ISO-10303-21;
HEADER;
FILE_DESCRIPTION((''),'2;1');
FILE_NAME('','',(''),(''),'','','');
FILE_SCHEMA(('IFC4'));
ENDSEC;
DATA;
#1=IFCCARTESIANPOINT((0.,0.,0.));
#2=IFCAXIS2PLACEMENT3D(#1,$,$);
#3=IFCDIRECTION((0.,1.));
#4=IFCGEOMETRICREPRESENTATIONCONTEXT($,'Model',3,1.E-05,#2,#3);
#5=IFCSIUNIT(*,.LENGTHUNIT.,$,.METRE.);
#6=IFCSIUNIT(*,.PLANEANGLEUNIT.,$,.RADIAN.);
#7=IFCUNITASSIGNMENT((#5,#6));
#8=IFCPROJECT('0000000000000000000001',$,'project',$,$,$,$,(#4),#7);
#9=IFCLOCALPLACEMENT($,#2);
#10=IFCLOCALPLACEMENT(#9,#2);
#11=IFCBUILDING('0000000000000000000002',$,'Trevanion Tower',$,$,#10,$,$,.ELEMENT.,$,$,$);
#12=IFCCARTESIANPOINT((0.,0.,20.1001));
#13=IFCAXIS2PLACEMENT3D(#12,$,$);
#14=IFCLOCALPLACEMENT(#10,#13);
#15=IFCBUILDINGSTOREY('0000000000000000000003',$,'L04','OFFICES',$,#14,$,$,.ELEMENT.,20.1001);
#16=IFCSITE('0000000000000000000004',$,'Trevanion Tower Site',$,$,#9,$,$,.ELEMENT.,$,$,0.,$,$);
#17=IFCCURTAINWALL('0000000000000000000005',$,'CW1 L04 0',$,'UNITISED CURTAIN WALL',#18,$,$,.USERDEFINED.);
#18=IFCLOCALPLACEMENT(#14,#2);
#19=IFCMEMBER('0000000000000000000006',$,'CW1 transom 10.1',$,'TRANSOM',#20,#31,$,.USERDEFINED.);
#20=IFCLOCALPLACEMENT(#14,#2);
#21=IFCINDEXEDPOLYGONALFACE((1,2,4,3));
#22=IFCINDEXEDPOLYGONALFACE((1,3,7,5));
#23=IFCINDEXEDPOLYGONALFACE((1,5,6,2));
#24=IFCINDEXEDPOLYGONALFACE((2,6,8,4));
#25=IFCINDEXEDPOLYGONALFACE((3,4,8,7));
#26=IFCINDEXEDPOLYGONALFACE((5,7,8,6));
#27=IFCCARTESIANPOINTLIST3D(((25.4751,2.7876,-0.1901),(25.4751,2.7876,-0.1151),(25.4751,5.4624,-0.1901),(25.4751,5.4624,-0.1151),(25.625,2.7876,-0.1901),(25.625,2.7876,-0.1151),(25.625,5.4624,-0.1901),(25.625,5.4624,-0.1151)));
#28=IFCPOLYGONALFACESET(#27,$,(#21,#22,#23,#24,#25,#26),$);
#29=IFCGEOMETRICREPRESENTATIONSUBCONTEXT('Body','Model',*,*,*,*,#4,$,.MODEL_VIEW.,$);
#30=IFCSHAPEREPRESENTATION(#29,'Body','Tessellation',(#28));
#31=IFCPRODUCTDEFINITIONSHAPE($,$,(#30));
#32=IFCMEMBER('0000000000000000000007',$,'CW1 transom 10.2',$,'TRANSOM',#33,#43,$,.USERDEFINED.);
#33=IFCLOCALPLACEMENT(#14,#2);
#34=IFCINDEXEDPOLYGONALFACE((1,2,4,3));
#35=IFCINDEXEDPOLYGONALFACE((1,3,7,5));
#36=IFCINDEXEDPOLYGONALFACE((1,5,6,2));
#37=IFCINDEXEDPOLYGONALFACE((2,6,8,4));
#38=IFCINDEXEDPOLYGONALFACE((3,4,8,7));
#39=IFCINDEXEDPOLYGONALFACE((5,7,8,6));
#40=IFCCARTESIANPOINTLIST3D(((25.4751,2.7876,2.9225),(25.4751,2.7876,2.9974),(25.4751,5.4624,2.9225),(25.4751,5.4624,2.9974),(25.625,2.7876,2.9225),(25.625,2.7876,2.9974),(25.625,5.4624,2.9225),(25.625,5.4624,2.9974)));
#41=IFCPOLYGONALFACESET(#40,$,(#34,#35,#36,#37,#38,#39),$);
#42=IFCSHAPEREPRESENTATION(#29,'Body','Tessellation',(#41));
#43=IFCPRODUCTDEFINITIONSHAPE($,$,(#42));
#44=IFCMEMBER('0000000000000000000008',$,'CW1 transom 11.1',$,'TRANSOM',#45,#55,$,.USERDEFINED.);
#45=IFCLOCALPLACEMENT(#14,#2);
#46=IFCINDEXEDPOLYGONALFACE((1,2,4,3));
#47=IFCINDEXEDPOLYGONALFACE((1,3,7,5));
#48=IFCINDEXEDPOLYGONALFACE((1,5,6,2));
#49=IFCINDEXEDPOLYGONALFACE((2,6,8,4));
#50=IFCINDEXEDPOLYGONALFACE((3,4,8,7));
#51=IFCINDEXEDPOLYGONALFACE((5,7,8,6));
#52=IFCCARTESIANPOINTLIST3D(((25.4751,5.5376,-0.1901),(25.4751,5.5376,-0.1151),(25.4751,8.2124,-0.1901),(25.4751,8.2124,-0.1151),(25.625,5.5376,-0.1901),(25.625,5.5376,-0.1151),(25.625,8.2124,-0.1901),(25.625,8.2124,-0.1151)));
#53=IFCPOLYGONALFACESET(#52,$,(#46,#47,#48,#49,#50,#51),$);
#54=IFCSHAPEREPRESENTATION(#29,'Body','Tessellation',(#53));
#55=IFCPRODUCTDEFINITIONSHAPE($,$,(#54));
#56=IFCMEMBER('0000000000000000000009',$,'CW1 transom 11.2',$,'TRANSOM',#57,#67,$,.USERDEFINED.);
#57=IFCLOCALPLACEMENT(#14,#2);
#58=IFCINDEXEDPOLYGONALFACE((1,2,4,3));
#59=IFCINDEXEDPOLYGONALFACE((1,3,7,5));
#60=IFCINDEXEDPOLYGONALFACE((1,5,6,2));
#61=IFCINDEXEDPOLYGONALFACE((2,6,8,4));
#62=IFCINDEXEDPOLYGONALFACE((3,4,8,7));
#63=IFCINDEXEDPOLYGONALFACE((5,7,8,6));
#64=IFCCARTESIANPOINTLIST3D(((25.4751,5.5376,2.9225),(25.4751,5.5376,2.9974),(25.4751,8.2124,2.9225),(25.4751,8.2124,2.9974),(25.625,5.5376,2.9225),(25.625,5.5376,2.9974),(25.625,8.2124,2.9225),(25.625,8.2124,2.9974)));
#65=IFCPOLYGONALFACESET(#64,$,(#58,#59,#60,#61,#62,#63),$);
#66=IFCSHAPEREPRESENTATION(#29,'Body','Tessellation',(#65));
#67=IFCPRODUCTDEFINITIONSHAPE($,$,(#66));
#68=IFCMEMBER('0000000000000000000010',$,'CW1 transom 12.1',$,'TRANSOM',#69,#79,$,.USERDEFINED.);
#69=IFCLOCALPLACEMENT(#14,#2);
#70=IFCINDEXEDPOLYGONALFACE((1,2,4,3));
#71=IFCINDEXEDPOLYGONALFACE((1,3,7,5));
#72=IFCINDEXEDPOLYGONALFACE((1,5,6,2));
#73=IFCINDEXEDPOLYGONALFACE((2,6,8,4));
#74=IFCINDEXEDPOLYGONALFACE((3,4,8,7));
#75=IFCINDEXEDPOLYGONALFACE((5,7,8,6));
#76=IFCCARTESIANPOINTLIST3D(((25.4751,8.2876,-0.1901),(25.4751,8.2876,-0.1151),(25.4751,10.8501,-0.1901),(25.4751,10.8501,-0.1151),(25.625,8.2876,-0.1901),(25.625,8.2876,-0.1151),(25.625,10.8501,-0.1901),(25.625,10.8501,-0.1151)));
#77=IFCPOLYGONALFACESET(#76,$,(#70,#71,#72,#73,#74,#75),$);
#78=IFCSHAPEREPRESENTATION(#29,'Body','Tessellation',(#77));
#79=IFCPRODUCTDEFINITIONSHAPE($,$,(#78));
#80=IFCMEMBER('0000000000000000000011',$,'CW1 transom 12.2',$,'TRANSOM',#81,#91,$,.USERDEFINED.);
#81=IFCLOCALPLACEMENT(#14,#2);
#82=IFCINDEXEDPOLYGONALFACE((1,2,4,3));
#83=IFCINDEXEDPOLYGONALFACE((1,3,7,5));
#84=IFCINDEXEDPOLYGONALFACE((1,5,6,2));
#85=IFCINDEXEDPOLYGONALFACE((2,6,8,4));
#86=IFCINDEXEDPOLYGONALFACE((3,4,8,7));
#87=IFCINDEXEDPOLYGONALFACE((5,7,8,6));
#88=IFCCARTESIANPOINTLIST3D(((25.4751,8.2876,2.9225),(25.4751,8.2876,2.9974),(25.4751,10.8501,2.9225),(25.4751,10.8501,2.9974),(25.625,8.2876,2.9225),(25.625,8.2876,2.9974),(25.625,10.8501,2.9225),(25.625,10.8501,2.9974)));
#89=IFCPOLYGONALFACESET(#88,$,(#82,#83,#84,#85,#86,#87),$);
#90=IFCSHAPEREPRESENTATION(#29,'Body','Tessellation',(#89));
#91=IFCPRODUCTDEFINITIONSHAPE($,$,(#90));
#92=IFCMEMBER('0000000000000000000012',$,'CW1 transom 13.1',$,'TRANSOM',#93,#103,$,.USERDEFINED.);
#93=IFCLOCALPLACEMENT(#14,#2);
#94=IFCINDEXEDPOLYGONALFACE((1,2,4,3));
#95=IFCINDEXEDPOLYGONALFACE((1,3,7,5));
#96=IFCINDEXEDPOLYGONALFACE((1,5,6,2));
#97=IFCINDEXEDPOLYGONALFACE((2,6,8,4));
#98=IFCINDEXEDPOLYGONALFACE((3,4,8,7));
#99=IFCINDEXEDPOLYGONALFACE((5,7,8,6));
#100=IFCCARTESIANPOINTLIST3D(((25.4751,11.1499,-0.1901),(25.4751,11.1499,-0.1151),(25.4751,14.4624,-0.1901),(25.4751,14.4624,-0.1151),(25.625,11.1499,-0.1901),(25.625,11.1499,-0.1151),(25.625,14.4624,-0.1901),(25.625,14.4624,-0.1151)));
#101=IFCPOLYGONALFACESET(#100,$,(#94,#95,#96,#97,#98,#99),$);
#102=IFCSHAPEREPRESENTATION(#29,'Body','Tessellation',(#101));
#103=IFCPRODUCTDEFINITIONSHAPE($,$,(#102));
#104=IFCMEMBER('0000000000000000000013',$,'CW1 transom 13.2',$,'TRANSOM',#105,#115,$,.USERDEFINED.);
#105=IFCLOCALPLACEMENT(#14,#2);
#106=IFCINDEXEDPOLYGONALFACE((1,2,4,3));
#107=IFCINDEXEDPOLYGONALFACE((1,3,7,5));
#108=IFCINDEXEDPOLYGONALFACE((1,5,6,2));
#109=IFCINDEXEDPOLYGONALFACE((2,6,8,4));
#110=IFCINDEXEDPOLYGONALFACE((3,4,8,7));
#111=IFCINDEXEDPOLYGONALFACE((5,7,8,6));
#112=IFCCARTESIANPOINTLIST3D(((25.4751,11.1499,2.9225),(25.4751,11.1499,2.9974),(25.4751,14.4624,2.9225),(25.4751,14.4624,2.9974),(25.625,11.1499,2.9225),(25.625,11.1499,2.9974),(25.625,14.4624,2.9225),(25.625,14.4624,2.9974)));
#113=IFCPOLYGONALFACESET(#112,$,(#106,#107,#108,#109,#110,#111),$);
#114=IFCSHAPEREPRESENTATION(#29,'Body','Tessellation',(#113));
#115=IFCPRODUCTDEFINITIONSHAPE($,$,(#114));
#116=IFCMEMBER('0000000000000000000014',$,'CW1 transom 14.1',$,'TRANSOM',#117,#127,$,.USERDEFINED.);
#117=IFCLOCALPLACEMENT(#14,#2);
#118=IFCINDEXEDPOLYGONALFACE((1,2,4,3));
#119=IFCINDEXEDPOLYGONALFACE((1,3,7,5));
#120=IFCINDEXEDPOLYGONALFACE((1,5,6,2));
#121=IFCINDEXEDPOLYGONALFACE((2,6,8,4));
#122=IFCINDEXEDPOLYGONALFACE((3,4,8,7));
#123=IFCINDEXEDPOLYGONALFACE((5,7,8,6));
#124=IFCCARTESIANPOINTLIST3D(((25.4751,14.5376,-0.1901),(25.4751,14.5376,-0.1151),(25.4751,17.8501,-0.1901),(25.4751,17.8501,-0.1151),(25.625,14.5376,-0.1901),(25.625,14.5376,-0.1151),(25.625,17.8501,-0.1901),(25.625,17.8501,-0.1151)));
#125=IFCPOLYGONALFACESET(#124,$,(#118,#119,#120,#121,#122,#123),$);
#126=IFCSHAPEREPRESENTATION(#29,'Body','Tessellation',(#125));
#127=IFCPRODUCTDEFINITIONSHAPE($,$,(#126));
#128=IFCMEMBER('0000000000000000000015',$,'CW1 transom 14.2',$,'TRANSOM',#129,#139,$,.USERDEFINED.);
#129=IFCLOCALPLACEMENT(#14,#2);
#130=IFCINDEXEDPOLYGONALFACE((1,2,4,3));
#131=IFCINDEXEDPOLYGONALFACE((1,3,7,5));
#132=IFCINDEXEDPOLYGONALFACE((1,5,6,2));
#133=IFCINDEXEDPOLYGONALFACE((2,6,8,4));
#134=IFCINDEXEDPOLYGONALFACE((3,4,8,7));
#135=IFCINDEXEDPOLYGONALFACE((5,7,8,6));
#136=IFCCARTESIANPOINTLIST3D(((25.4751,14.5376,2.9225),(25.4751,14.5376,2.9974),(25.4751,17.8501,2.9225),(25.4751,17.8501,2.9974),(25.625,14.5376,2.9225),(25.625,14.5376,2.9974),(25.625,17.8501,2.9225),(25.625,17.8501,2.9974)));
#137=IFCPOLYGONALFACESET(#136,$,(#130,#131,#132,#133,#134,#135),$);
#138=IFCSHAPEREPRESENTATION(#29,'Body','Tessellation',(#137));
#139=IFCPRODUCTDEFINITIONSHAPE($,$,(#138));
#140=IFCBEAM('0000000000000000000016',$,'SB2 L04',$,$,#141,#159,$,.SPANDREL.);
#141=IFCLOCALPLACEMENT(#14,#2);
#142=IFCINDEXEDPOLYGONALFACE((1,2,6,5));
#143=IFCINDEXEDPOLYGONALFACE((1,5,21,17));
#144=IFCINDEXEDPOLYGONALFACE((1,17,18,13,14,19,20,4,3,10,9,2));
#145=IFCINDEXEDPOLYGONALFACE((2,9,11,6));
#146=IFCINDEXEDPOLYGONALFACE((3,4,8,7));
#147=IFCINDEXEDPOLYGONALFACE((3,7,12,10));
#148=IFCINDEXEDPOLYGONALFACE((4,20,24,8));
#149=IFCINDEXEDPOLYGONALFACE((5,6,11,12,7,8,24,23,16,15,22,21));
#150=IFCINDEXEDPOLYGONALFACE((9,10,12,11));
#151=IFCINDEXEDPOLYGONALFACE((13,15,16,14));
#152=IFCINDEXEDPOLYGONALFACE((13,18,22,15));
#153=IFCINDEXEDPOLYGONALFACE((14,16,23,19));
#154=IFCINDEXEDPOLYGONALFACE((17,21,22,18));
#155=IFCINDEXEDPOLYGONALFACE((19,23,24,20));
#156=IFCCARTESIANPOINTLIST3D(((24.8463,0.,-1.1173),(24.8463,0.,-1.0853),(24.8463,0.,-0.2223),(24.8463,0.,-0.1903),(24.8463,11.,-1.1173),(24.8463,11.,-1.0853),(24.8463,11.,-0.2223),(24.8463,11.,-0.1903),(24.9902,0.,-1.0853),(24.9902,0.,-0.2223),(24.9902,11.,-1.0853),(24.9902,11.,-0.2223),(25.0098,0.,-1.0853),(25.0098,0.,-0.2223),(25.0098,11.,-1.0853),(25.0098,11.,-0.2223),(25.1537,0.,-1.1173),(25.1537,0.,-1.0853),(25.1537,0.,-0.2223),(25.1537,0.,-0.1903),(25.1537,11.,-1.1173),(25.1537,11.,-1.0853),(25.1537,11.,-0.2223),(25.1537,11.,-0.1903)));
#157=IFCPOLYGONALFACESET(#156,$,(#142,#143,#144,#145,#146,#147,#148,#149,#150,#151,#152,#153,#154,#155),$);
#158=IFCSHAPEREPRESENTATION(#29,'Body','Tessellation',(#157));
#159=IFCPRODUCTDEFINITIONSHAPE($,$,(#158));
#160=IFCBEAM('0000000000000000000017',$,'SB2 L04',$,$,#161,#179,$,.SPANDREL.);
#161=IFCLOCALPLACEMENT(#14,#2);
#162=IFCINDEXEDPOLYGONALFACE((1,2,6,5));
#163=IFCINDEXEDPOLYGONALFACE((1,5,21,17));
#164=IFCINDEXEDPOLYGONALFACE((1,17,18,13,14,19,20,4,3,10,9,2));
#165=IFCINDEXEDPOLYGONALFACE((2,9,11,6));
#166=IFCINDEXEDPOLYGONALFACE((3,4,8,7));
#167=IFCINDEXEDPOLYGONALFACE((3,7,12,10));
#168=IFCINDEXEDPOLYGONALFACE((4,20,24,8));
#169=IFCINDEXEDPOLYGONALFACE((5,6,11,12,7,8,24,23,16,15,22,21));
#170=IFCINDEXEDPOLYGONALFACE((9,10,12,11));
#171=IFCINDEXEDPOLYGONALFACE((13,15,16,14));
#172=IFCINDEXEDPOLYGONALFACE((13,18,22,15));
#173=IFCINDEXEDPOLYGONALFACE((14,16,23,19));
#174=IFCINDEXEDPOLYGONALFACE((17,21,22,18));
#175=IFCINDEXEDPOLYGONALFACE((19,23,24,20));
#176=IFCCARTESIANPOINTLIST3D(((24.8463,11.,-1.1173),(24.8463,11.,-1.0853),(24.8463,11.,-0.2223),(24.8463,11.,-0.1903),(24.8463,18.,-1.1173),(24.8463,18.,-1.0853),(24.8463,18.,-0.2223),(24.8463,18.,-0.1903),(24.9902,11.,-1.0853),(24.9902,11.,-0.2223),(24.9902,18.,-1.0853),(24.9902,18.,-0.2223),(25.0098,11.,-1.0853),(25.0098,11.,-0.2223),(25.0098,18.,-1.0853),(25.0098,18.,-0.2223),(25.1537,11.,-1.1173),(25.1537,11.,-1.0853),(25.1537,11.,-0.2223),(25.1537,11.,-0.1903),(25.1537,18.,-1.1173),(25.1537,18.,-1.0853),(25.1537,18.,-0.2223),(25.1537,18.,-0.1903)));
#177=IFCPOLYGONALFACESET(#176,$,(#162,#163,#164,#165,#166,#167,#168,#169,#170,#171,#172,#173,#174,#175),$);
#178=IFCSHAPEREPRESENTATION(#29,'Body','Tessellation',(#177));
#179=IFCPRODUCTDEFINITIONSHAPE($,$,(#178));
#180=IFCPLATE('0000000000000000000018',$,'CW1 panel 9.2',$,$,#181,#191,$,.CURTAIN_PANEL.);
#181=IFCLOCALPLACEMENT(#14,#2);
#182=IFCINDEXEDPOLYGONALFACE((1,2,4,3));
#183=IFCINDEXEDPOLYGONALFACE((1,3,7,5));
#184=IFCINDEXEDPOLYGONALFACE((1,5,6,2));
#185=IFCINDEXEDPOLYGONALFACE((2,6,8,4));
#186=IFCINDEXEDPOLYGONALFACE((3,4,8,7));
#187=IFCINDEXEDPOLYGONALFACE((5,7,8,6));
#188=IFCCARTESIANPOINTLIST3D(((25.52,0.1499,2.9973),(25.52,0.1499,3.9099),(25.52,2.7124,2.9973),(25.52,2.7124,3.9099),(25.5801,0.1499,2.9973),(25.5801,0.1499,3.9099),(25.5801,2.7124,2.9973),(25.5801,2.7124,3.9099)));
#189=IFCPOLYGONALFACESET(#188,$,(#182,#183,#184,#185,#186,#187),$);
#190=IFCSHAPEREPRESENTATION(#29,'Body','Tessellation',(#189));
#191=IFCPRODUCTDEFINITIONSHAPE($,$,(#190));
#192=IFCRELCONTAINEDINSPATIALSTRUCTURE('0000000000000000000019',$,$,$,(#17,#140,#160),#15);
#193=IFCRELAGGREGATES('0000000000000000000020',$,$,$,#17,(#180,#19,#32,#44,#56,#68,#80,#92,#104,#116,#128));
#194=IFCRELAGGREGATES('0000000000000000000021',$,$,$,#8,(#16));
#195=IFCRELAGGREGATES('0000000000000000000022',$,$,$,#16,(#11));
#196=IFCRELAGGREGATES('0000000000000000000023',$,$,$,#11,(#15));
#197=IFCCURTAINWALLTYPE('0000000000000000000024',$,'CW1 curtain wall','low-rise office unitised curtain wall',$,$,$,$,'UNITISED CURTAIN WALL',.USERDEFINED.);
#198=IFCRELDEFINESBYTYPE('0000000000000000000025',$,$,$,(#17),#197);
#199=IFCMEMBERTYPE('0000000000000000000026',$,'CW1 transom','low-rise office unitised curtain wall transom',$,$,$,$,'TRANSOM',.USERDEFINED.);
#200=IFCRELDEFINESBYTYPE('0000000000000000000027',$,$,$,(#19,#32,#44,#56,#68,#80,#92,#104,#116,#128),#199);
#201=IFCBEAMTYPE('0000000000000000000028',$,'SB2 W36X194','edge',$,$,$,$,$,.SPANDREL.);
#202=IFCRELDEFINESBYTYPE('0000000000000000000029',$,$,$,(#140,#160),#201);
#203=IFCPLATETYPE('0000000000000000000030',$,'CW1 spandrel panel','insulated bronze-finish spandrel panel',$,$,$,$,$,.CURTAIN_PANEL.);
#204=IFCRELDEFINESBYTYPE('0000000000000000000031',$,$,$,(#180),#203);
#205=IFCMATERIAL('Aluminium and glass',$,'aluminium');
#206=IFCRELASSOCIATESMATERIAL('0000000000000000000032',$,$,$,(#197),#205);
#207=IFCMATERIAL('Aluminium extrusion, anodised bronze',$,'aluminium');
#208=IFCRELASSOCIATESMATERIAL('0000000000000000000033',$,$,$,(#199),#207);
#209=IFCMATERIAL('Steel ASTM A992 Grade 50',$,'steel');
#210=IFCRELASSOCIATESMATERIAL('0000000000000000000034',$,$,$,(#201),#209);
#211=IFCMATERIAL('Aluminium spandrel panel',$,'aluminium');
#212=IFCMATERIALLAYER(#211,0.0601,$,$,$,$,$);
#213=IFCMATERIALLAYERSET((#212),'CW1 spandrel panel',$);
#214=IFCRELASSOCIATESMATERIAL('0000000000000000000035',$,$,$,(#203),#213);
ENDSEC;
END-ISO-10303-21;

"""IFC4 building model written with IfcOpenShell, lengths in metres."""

from ifc_helpers import new_model, si_unit, direction, frame, origin, origin_2d, place, context, subcontext, project, spatial, rectangle, i_section, extrude, material, layer, layer_set, material_profile, profile_set, type_object, element, aggregate, save


model = new_model("IFC4")

# Units and contexts
model_context = context("Model", 3, precision=1e-05, world=origin(), true_north=direction((0.0, 1.0)))
body_context = subcontext(model_context, "Body", "Model", "MODEL_VIEW")
ifc_project = project(units=[si_unit("LENGTHUNIT", "METRE"), si_unit("PLANEANGLEUNIT", "RADIAN")], contexts=[model_context])

# Site, building, storey
site_placement = place(None, origin())
site = spatial("IfcSite", under=ifc_project, at=site_placement, Name="Trevanion Tower Site", CompositionType="ELEMENT", RefElevation=0.0)
building_placement = place(site_placement, origin())
building = spatial("IfcBuilding", under=site, at=building_placement, Name="Trevanion Tower", CompositionType="ELEMENT")
storey_placement = place(building_placement, frame((0.0, 0.0, 20.1001)))
storey = spatial("IfcBuildingStorey", under=building, at=storey_placement, Name="L04", Description="OFFICES", CompositionType="ELEMENT", Elevation=20.1001)

# Curtain wall, members
ifc_material_1 = material(Name="Aluminium and glass", Category="aluminium")
curtain_wall_type = type_object("IfcCurtainWallType", Name="CW1 curtain wall", Description="low-rise office unitised curtain wall", ElementType="UNITISED CURTAIN WALL", PredefinedType="USERDEFINED", material=ifc_material_1)
curtain_wall_placement = place(storey_placement, origin())
curtain_wall = element("IfcCurtainWall", 1, at=curtain_wall_placement, inside=storey, type_object=curtain_wall_type, Name="CW1 L04 0", ObjectType="UNITISED CURTAIN WALL", PredefinedType="USERDEFINED")
ifc_material_2 = material(Name="Aluminium extrusion, anodised bronze", Category="aluminium")
ifc_material_profile_1 = material_profile(ifc_material_2, rectangle(XDim=0.1499, YDim=0.075, at=origin_2d()), Name="CW1 transom")
ifc_profile_set_1 = profile_set([ifc_material_profile_1], Name="Aluminium extrusion, anodised bronze")
member_type_1 = type_object("IfcMemberType", Name="CW1 transom", Description="low-rise office unitised curtain wall transom", ElementType="TRANSOM", PredefinedType="USERDEFINED", material=ifc_profile_set_1)
member_1_placement = place(storey_placement, frame((25.55, 2.7876, -0.1526), z_axis=(0.0, 1.0, 0.0), x_axis=(-1.0, 0.0, 0.0)))
member_1 = element("IfcMember", 2, at=member_1_placement, type_object=member_type_1, Name="CW1 transom 10.1", ObjectType="TRANSOM", PredefinedType="USERDEFINED", context=body_context, shape_type="SweptSolid", body=[
    extrude(rectangle(XDim=0.1499, YDim=0.075, at=origin_2d()), origin(), (0.0, 0.0, 1.0), 2.6748),
])
member_2_placement = place(storey_placement, frame((25.55, 2.7876, 2.96), z_axis=(0.0, 1.0, 0.0), x_axis=(-1.0, 0.0, 0.0)))
member_2 = element("IfcMember", 3, at=member_2_placement, type_object=member_type_1, Name="CW1 transom 10.2", ObjectType="TRANSOM", PredefinedType="USERDEFINED", context=body_context, shape_type="SweptSolid", body=[
    extrude(rectangle(XDim=0.1499, YDim=0.075, at=origin_2d()), origin(), (0.0, 0.0, 1.0), 2.6748),
])
member_3_placement = place(storey_placement, frame((25.55, 5.5376, -0.1526), z_axis=(0.0, 1.0, 0.0), x_axis=(-1.0, 0.0, 0.0)))
member_3 = element("IfcMember", 4, at=member_3_placement, type_object=member_type_1, Name="CW1 transom 11.1", ObjectType="TRANSOM", PredefinedType="USERDEFINED", context=body_context, shape_type="SweptSolid", body=[
    extrude(rectangle(XDim=0.1499, YDim=0.075, at=origin_2d()), origin(), (0.0, 0.0, 1.0), 2.6748),
])
member_4_placement = place(storey_placement, frame((25.55, 5.5376, 2.96), z_axis=(0.0, 1.0, 0.0), x_axis=(-1.0, 0.0, 0.0)))
member_4 = element("IfcMember", 5, at=member_4_placement, type_object=member_type_1, Name="CW1 transom 11.2", ObjectType="TRANSOM", PredefinedType="USERDEFINED", context=body_context, shape_type="SweptSolid", body=[
    extrude(rectangle(XDim=0.1499, YDim=0.075, at=origin_2d()), origin(), (0.0, 0.0, 1.0), 2.6748),
])
member_5_placement = place(storey_placement, frame((25.55, 8.2876, -0.1526), z_axis=(0.0, 1.0, 0.0), x_axis=(-1.0, 0.0, 0.0)))
member_5 = element("IfcMember", 6, at=member_5_placement, type_object=member_type_1, Name="CW1 transom 12.1", ObjectType="TRANSOM", PredefinedType="USERDEFINED", context=body_context, shape_type="SweptSolid", body=[
    extrude(rectangle(XDim=0.1499, YDim=0.075, at=origin_2d()), origin(), (0.0, 0.0, 1.0), 2.5625),
])
member_6_placement = place(storey_placement, frame((25.55, 8.2876, 2.96), z_axis=(0.0, 1.0, 0.0), x_axis=(-1.0, 0.0, 0.0)))
member_6 = element("IfcMember", 7, at=member_6_placement, type_object=member_type_1, Name="CW1 transom 12.2", ObjectType="TRANSOM", PredefinedType="USERDEFINED", context=body_context, shape_type="SweptSolid", body=[
    extrude(rectangle(XDim=0.1499, YDim=0.075, at=origin_2d()), origin(), (0.0, 0.0, 1.0), 2.5625),
])
member_7_placement = place(storey_placement, frame((25.55, 11.1499, -0.1526), z_axis=(0.0, 1.0, 0.0), x_axis=(-1.0, 0.0, 0.0)))
member_7 = element("IfcMember", 8, at=member_7_placement, type_object=member_type_1, Name="CW1 transom 13.1", ObjectType="TRANSOM", PredefinedType="USERDEFINED", context=body_context, shape_type="SweptSolid", body=[
    extrude(rectangle(XDim=0.1499, YDim=0.075, at=origin_2d()), origin(), (0.0, 0.0, 1.0), 3.3125),
])
member_8_placement = place(storey_placement, frame((25.55, 11.1499, 2.96), z_axis=(0.0, 1.0, 0.0), x_axis=(-1.0, 0.0, 0.0)))
member_8 = element("IfcMember", 9, at=member_8_placement, type_object=member_type_1, Name="CW1 transom 13.2", ObjectType="TRANSOM", PredefinedType="USERDEFINED", context=body_context, shape_type="SweptSolid", body=[
    extrude(rectangle(XDim=0.1499, YDim=0.075, at=origin_2d()), origin(), (0.0, 0.0, 1.0), 3.3125),
])
member_9_placement = place(storey_placement, frame((25.55, 14.5376, -0.1526), z_axis=(0.0, 1.0, 0.0), x_axis=(-1.0, 0.0, 0.0)))
member_9 = element("IfcMember", 10, at=member_9_placement, type_object=member_type_1, Name="CW1 transom 14.1", ObjectType="TRANSOM", PredefinedType="USERDEFINED", context=body_context, shape_type="SweptSolid", body=[
    extrude(rectangle(XDim=0.1499, YDim=0.075, at=origin_2d()), origin(), (0.0, 0.0, 1.0), 3.3125),
])
member_10_placement = place(storey_placement, frame((25.55, 14.5376, 2.96), z_axis=(0.0, 1.0, 0.0), x_axis=(-1.0, 0.0, 0.0)))
member_10 = element("IfcMember", 11, at=member_10_placement, type_object=member_type_1, Name="CW1 transom 14.2", ObjectType="TRANSOM", PredefinedType="USERDEFINED", context=body_context, shape_type="SweptSolid", body=[
    extrude(rectangle(XDim=0.1499, YDim=0.075, at=origin_2d()), origin(), (0.0, 0.0, 1.0), 3.3125),
])

# Beams
ifc_material_3 = material(Name="Steel ASTM A992 Grade 50", Category="steel")
ifc_material_profile_2 = material_profile(ifc_material_3, i_section(OverallWidth=0.3074, OverallDepth=0.927, WebThickness=0.0195, FlangeThickness=0.032, at=origin_2d()), Name="W36X194")
ifc_profile_set_2 = profile_set([ifc_material_profile_2], Name="Steel ASTM A992 Grade 50")
beam_type_1 = type_object("IfcBeamType", Name="SB2 W36X194", Description="edge", PredefinedType="SPANDREL", material=ifc_profile_set_2)
beam_1_placement = place(storey_placement, frame((25.0, 0.0, -0.6538), z_axis=(0.0, 1.0, 0.0), x_axis=(-1.0, 0.0, 0.0)))
element("IfcBeam", 12, at=beam_1_placement, inside=storey, type_object=beam_type_1, Name="SB2 L04", PredefinedType="SPANDREL", context=body_context, shape_type="SweptSolid", body=[
    extrude(i_section(OverallWidth=0.3074, OverallDepth=0.927, WebThickness=0.0195, FlangeThickness=0.032, at=origin_2d()), origin(), (0.0, 0.0, 1.0), 11.0),
])
beam_2_placement = place(storey_placement, frame((25.0, 11.0, -0.6538), z_axis=(0.0, 1.0, 0.0), x_axis=(-1.0, 0.0, 0.0)))
element("IfcBeam", 13, at=beam_2_placement, inside=storey, type_object=beam_type_1, Name="SB2 L04", PredefinedType="SPANDREL", context=body_context, shape_type="SweptSolid", body=[
    extrude(i_section(OverallWidth=0.3074, OverallDepth=0.927, WebThickness=0.0195, FlangeThickness=0.032, at=origin_2d()), origin(), (0.0, 0.0, 1.0), 7.0),
])

# Plate
ifc_material_4 = material(Name="Aluminium spandrel panel", Category="aluminium")
ifc_layer_1 = layer(ifc_material_4, 0.0601)
ifc_layer_set_1 = layer_set([ifc_layer_1], Name="CW1 spandrel panel")
plate_type_1 = type_object("IfcPlateType", Name="CW1 spandrel panel", Description="insulated bronze-finish spandrel panel", PredefinedType="CURTAIN_PANEL", material=ifc_layer_set_1)
plate_1_placement = place(storey_placement, frame((25.55, 1.4312, 2.9973), z_axis=(0.0, 0.0, 1.0), x_axis=(0.0, 1.0, 0.0)))
plate_1 = element("IfcPlate", 14, at=plate_1_placement, type_object=plate_type_1, Name="CW1 panel 9.2", PredefinedType="CURTAIN_PANEL", context=body_context, shape_type="SweptSolid", body=[
    extrude(rectangle(XDim=2.5625, YDim=0.0601, at=origin_2d()), origin(), (0.0, 0.0, 1.0), 0.9126),
])
aggregate(curtain_wall, [plate_1, member_1, member_2, member_3, member_4, member_5, member_6, member_7, member_8, member_9, member_10])

save(model, "model.ifc")
